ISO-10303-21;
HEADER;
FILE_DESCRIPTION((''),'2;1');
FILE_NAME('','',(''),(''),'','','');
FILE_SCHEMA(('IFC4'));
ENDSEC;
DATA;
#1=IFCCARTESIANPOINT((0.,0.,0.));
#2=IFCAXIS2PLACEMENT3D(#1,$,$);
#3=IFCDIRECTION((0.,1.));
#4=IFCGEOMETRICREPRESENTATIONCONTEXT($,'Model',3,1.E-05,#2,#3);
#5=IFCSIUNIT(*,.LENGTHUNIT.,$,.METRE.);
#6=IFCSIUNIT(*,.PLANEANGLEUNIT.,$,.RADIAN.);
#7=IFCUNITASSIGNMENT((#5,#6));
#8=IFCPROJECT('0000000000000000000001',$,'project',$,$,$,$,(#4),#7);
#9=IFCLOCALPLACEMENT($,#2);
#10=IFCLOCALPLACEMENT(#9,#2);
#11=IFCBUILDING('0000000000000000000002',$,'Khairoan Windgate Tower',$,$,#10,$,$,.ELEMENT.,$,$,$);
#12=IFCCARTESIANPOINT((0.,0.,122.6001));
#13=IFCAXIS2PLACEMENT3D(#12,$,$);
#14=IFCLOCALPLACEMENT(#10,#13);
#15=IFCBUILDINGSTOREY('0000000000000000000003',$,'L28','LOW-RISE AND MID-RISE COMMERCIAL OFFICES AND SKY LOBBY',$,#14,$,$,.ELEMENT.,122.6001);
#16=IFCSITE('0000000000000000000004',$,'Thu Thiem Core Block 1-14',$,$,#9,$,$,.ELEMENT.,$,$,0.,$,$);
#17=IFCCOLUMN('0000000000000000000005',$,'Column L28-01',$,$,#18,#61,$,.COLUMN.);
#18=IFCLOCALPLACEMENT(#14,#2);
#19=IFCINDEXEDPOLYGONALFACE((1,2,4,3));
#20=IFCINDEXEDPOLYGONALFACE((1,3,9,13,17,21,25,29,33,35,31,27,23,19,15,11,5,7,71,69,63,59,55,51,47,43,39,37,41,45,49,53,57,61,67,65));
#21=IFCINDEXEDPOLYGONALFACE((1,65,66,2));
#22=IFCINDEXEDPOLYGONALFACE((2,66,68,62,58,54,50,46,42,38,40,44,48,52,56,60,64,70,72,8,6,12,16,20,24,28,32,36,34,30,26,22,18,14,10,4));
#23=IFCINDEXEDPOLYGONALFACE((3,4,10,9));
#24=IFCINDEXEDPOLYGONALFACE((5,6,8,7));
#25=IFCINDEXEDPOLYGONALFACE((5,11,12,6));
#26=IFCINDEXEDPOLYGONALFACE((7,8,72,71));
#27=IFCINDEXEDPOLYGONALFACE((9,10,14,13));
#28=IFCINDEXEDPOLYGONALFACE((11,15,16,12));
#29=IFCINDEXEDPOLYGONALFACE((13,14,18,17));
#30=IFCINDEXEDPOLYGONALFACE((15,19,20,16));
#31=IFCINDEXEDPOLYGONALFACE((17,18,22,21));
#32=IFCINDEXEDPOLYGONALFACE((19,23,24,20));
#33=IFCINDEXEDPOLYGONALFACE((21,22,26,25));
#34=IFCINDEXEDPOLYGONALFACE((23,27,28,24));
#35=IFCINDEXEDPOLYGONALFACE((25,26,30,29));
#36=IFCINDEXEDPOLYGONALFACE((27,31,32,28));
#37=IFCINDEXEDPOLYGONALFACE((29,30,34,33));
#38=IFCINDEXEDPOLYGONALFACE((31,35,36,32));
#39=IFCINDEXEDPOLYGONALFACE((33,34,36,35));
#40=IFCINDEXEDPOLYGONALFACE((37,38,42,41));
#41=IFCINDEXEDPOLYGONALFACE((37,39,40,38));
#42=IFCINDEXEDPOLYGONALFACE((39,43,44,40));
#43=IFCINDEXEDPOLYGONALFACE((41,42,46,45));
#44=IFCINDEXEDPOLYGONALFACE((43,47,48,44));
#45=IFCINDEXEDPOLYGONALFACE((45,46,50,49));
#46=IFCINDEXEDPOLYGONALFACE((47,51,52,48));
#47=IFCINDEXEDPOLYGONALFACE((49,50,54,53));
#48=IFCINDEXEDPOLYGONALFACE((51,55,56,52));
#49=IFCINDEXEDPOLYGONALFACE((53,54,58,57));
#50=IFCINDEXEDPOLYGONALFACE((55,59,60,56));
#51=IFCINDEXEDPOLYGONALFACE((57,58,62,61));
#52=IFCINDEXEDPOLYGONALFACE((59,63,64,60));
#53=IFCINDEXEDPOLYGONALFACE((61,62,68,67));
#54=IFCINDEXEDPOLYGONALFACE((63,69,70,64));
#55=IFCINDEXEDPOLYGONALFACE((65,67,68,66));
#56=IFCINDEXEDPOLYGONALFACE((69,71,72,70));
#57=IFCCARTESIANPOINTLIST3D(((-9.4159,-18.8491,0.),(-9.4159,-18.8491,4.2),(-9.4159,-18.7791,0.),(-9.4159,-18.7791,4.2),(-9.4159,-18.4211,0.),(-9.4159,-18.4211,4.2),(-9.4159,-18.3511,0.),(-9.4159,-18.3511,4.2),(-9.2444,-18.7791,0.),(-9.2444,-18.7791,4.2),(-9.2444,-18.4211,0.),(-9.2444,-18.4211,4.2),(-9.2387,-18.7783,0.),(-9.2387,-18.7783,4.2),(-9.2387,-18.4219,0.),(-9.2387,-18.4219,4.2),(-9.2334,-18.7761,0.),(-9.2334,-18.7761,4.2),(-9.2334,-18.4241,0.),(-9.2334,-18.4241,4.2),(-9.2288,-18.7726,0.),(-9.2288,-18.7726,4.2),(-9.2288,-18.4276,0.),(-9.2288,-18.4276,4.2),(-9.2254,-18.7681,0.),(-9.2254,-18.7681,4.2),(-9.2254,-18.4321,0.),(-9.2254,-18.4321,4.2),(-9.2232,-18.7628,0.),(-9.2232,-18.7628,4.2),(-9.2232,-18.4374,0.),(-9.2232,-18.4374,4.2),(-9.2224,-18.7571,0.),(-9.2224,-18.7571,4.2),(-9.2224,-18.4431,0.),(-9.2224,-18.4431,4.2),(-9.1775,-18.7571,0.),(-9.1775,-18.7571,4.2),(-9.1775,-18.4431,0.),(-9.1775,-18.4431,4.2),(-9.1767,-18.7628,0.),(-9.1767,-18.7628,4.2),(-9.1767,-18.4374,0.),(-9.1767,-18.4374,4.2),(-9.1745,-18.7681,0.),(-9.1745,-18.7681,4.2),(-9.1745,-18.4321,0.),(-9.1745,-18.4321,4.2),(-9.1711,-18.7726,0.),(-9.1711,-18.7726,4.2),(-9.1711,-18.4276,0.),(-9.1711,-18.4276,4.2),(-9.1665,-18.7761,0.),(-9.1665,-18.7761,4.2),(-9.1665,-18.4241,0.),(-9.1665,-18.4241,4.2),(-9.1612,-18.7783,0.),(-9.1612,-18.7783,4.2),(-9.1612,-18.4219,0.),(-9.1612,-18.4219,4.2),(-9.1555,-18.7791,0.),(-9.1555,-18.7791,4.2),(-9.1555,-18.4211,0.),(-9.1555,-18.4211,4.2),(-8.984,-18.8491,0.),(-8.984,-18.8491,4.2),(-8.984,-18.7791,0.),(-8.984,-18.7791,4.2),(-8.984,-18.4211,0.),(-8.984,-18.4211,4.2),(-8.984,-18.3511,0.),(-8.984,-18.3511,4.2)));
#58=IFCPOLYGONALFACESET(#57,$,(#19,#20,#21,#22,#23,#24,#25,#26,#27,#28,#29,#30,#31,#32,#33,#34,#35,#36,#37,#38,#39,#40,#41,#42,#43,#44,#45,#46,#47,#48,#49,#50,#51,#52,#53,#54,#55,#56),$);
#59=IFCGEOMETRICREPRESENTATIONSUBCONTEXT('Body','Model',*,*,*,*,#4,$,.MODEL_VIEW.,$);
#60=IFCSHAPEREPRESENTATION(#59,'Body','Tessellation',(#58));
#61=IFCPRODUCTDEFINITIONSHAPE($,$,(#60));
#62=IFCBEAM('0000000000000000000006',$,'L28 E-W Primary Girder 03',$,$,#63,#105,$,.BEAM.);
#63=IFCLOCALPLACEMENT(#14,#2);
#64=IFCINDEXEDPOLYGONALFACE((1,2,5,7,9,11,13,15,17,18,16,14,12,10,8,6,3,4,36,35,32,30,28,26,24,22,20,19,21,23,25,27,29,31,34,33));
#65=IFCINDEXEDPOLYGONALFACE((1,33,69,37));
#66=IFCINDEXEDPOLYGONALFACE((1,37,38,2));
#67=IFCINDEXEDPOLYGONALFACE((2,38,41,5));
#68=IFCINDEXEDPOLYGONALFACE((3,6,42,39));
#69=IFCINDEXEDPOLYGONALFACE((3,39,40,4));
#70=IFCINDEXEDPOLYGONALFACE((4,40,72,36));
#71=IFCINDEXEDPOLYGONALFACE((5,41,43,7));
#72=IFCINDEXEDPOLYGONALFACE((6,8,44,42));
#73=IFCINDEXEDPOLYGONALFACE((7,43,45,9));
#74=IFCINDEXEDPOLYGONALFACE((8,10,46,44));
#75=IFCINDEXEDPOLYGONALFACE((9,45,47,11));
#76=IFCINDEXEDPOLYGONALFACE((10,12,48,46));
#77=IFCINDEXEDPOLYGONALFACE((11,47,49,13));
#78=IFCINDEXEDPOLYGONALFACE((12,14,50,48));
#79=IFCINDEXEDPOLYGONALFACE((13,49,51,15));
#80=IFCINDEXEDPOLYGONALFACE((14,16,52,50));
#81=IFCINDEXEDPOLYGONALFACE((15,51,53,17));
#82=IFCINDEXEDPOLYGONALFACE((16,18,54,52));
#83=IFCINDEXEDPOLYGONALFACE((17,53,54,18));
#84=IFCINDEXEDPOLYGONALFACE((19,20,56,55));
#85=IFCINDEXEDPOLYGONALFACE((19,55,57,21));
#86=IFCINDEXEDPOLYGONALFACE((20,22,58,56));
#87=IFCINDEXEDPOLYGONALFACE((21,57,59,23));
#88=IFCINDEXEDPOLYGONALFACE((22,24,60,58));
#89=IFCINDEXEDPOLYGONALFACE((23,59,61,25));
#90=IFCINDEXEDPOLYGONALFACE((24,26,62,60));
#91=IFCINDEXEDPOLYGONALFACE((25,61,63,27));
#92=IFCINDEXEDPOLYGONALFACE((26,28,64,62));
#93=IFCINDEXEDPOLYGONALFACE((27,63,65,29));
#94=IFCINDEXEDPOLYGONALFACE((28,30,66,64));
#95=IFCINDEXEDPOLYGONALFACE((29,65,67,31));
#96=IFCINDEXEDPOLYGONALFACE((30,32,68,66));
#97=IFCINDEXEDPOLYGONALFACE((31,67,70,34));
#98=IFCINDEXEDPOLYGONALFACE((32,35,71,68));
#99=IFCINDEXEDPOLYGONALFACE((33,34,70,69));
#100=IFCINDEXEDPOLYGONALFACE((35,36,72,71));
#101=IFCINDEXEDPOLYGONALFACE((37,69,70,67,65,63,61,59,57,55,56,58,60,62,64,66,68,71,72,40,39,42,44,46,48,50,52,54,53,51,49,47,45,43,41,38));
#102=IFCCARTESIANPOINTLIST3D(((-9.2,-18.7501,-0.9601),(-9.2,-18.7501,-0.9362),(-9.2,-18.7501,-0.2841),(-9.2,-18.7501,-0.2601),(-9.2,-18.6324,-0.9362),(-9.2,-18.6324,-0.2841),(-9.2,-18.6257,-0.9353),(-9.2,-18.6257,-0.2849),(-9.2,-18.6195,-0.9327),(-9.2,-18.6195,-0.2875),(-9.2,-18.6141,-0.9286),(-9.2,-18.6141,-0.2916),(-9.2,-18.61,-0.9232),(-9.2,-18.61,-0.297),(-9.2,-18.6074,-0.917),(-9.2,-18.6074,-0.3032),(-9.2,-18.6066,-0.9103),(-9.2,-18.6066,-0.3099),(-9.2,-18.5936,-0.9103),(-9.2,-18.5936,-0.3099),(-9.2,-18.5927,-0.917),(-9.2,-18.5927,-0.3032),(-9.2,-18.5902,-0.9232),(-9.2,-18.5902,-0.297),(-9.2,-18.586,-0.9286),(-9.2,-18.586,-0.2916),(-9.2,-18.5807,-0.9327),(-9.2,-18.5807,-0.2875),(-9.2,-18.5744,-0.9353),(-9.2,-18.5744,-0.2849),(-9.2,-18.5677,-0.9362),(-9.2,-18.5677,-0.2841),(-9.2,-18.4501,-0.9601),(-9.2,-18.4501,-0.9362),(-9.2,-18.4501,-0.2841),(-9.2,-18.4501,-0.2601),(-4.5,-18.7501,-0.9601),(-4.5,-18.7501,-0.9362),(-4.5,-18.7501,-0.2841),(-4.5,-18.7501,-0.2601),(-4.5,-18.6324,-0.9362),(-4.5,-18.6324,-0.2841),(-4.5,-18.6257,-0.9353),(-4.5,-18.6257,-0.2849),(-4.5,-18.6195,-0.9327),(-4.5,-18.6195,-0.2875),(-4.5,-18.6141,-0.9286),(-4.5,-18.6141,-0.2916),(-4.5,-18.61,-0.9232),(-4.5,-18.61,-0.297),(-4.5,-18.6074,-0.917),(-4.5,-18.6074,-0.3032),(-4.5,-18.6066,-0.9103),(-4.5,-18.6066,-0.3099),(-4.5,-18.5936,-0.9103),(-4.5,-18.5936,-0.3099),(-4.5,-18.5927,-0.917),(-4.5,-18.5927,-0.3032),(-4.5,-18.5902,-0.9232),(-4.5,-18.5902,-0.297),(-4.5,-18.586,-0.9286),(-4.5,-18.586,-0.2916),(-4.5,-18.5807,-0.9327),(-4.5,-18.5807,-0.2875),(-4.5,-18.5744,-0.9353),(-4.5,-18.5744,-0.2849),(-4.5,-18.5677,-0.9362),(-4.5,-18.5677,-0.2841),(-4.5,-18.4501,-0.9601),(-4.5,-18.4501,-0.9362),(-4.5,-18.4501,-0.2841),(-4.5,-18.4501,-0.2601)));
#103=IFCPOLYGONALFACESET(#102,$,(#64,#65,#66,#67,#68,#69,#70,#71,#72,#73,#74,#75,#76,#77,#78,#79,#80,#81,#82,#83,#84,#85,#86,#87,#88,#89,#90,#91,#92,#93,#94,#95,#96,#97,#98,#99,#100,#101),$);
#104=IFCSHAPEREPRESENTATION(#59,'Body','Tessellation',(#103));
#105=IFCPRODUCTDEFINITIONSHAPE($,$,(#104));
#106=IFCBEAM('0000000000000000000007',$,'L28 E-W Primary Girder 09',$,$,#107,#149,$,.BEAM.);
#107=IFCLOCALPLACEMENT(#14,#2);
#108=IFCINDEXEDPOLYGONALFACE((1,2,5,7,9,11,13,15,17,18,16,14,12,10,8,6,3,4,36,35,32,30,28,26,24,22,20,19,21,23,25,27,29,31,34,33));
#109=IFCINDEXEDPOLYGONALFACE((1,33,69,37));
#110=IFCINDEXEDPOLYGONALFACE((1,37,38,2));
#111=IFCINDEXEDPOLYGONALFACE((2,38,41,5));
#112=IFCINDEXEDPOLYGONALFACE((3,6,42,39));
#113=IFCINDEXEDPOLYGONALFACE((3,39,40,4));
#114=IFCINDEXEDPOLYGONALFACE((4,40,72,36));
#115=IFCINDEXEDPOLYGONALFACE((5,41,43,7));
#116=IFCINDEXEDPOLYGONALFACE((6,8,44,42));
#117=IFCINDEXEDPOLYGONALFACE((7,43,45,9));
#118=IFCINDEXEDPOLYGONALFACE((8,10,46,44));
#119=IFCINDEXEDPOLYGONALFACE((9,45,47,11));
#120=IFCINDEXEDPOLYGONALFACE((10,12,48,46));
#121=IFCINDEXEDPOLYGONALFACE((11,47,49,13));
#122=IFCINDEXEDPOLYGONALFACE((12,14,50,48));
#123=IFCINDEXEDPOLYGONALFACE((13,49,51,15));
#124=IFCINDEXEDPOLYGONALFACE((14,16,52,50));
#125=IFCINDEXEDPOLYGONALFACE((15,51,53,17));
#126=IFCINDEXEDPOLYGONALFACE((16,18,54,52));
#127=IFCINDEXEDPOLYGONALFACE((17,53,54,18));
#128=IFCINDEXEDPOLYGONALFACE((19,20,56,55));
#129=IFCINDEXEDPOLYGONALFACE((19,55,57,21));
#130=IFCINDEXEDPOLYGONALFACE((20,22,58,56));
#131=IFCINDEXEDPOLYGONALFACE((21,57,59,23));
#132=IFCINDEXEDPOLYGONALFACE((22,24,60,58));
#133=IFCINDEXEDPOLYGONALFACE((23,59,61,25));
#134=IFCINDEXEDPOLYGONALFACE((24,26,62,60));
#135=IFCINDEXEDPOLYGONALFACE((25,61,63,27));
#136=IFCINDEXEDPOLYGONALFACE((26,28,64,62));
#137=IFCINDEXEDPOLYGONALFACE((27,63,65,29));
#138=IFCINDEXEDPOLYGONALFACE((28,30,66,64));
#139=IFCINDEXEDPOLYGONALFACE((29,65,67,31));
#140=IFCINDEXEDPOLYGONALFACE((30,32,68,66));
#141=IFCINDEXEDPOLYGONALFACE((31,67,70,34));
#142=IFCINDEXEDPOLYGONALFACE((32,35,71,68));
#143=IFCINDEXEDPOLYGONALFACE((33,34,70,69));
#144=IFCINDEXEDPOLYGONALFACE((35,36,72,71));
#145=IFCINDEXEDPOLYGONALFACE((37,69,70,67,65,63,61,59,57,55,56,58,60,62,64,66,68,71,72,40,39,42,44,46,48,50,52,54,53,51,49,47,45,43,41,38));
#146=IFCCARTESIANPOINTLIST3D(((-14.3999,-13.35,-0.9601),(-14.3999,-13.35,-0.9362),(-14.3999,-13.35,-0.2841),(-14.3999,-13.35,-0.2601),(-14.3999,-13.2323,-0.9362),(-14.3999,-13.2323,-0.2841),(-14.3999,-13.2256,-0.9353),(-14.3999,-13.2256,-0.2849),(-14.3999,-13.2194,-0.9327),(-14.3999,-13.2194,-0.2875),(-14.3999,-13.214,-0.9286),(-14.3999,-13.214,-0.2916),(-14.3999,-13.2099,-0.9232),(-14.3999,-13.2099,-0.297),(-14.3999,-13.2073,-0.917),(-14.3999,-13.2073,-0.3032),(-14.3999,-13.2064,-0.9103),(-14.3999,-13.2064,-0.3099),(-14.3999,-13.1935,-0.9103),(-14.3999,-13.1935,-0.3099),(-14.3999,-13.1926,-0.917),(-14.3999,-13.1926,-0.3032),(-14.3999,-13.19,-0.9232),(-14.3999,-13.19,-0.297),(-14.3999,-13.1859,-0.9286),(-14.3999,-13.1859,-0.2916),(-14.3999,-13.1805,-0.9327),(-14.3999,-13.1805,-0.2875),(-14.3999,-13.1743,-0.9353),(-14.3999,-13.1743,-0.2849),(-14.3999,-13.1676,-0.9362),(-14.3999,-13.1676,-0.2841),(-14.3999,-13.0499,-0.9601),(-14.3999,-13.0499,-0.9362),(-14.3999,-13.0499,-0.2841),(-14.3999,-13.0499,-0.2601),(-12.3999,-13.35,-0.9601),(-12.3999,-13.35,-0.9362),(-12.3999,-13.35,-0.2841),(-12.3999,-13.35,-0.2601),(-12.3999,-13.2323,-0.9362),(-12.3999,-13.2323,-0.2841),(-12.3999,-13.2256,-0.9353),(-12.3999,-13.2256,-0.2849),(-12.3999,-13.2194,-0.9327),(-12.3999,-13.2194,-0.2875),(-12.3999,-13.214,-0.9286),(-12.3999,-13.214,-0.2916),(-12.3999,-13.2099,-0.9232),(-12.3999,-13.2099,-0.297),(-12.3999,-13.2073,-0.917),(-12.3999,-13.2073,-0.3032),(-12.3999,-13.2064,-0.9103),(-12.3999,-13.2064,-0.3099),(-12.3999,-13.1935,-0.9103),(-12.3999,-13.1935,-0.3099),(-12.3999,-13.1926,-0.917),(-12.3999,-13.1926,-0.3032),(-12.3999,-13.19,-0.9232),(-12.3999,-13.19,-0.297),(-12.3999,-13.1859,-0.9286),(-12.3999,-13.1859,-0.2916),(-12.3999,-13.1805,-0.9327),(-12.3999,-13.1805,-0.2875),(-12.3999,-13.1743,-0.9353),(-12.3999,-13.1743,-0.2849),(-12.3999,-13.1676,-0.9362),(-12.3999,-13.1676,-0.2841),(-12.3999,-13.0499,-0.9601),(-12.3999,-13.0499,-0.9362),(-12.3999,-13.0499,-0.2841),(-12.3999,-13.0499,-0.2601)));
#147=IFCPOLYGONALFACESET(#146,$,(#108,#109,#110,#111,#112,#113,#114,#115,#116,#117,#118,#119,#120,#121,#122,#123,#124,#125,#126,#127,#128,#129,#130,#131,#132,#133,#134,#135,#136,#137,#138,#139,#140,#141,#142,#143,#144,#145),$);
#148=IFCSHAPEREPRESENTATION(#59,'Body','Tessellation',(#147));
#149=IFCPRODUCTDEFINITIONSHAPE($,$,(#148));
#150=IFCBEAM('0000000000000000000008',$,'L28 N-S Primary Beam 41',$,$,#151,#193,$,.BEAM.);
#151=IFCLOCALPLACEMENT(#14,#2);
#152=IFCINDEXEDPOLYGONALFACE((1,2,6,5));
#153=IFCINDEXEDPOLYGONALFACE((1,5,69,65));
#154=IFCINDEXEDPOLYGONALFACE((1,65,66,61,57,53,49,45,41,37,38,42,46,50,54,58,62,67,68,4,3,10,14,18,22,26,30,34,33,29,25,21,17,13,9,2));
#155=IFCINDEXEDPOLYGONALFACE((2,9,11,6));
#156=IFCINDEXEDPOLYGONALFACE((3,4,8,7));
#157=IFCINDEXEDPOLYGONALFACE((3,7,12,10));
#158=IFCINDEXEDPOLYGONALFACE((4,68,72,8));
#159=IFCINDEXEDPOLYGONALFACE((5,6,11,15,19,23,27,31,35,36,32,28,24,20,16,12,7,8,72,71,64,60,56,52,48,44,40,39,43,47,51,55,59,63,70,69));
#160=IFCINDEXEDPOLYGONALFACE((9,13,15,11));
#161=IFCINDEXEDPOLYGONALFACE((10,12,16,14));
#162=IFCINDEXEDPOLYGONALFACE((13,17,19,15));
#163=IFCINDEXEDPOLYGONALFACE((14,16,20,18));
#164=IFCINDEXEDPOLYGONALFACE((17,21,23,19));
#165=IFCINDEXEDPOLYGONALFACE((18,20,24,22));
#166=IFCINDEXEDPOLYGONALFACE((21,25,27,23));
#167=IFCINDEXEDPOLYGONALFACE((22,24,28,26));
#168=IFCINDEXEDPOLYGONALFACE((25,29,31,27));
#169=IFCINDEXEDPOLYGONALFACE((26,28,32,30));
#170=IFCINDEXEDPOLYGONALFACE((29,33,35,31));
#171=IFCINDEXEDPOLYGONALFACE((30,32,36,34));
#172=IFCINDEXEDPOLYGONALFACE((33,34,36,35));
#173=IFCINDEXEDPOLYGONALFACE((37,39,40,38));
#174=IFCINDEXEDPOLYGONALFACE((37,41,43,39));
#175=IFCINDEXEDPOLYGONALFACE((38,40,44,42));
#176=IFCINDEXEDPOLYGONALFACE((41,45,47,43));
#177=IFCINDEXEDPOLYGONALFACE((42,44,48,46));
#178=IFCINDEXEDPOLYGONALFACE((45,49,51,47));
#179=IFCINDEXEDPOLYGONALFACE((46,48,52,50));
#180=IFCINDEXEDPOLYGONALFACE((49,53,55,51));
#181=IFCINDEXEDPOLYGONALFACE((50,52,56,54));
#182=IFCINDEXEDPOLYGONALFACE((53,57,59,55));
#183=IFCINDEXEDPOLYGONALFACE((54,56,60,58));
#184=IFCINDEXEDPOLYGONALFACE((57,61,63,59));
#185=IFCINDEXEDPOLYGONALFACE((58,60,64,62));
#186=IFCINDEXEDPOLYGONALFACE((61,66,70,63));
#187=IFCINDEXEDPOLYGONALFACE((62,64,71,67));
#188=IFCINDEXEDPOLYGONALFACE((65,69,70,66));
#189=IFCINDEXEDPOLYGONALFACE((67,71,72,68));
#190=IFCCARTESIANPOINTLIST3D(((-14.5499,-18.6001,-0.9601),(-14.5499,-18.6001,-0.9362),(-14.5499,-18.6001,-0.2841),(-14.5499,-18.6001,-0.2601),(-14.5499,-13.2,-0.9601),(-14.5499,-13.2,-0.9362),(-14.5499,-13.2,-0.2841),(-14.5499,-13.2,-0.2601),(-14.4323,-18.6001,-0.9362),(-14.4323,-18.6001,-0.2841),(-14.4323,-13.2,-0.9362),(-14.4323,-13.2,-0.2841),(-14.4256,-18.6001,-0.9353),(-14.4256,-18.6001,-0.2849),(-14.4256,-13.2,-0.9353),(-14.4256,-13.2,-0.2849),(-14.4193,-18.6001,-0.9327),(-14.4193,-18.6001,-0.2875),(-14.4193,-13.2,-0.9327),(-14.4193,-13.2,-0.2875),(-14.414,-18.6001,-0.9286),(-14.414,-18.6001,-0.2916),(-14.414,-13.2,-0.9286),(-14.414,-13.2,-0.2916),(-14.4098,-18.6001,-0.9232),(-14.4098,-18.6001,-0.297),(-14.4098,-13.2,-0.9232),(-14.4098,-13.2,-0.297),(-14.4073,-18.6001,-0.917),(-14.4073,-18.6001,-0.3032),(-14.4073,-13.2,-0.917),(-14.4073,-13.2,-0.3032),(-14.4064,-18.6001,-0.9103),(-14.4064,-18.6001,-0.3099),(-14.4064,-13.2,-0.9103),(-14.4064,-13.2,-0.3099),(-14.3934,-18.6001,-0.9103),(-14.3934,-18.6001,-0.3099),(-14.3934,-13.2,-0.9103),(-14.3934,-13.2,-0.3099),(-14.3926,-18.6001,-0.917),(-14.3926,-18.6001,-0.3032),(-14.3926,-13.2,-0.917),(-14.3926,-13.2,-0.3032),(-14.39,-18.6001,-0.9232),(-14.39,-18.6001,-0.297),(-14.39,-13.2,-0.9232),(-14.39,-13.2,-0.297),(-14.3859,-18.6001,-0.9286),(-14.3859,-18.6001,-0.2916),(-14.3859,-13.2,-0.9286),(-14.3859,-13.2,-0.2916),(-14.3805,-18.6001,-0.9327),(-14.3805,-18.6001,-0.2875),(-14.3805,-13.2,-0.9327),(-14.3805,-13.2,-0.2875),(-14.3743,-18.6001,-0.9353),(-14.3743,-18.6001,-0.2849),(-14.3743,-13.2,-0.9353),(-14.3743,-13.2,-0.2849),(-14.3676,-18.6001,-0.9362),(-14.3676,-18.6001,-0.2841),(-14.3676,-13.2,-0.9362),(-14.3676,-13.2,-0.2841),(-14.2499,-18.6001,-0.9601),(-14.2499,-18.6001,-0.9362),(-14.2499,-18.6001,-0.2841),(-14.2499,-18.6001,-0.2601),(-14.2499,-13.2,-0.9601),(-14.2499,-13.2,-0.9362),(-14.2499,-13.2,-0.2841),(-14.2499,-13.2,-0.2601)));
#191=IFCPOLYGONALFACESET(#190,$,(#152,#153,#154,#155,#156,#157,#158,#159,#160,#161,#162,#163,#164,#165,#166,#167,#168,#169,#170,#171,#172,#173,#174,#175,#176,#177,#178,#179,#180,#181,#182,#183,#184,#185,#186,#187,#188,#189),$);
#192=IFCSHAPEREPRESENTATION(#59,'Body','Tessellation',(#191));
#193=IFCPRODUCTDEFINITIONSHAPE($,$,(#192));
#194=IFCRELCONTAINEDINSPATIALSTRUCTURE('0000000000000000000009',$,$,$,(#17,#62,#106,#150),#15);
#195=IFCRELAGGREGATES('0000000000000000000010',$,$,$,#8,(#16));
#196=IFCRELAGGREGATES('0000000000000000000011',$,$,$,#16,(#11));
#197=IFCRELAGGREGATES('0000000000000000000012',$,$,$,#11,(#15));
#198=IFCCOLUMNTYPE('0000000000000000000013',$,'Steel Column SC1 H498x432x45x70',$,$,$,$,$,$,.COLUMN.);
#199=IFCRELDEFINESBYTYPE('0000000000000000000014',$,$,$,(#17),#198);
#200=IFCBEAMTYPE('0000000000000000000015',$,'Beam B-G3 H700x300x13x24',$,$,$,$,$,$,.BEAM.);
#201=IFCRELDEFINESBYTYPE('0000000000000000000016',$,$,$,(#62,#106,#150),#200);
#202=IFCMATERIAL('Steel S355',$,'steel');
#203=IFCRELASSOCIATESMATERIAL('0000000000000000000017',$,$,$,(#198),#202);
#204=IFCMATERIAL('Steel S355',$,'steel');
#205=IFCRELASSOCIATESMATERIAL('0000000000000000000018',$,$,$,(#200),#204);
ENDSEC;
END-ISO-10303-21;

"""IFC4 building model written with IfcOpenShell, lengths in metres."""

from ifc_helpers import new_model, si_unit, direction, frame, origin, origin_2d, place, context, subcontext, project, spatial, i_section, extrude, material, material_profile, profile_set, type_object, element, save


model = new_model("IFC4")

# Units and contexts
model_context = context("Model", 3, precision=1e-05, world=origin(), true_north=direction((0.0, 1.0)))
body_context = subcontext(model_context, "Body", "Model", "MODEL_VIEW")
ifc_project = project(units=[si_unit("LENGTHUNIT", "METRE"), si_unit("PLANEANGLEUNIT", "RADIAN")], contexts=[model_context])

# Site, building, storey
site_placement = place(None, origin())
site = spatial("IfcSite", under=ifc_project, at=site_placement, Name="Thu Thiem Core Block 1-14", CompositionType="ELEMENT", RefElevation=0.0)
building_placement = place(site_placement, origin())
building = spatial("IfcBuilding", under=site, at=building_placement, Name="Khairoan Windgate Tower", CompositionType="ELEMENT")
storey_placement = place(building_placement, frame((0.0, 0.0, 122.6001)))
storey = spatial("IfcBuildingStorey", under=building, at=storey_placement, Name="L28", Description="LOW-RISE AND MID-RISE COMMERCIAL OFFICES AND SKY LOBBY", CompositionType="ELEMENT", Elevation=122.6001)

# Column
ifc_material_1 = material(Name="Steel S355", Category="steel")
ifc_material_profile_1 = material_profile(ifc_material_1, i_section(OverallWidth=0.4319, OverallDepth=0.498, WebThickness=0.0449, FlangeThickness=0.0701, FilletRadius=0.022, at=origin_2d()))
ifc_profile_set_1 = profile_set([ifc_material_profile_1], Name="Steel S355")
column_type = type_object("IfcColumnType", Name="Steel Column SC1 H498x432x45x70", PredefinedType="COLUMN", material=ifc_profile_set_1)
column_placement = place(storey_placement, frame((-9.2, -18.6001, 0.0), z_axis=(0.0, 0.0, 1.0), x_axis=(1.0, 0.0, 0.0)))
element("IfcColumn", 1, at=column_placement, inside=storey, type_object=column_type, Name="Column L28-01", PredefinedType="COLUMN", context=body_context, shape_type="SweptSolid", body=[
    extrude(i_section(OverallWidth=0.4319, OverallDepth=0.498, WebThickness=0.0449, FlangeThickness=0.0701, FilletRadius=0.022, at=origin_2d()), origin(), (0.0, 0.0, 1.0), 4.2),
])

# Beams
ifc_material_2 = material(Name="Steel S355", Category="steel")
ifc_material_profile_2 = material_profile(ifc_material_2, i_section(OverallWidth=0.3, OverallDepth=0.7, WebThickness=0.0129, FlangeThickness=0.0239, FilletRadius=0.0259, at=origin_2d()))
ifc_profile_set_2 = profile_set([ifc_material_profile_2], Name="Steel S355")
beam_type = type_object("IfcBeamType", Name="Beam B-G3 H700x300x13x24", PredefinedType="BEAM", material=ifc_profile_set_2)
beam_1_placement = place(storey_placement, frame((-9.2, -18.6001, -0.6101), z_axis=(1.0, 0.0, 0.0), x_axis=(0.0, 1.0, 0.0)))
element("IfcBeam", 2, at=beam_1_placement, inside=storey, type_object=beam_type, Name="L28 E-W Primary Girder 03", PredefinedType="BEAM", context=body_context, shape_type="SweptSolid", body=[
    extrude(i_section(OverallWidth=0.3, OverallDepth=0.7, WebThickness=0.0129, FlangeThickness=0.0239, FilletRadius=0.0259, at=origin_2d()), origin(), (0.0, 0.0, 1.0), 4.7),
])
beam_2_placement = place(storey_placement, frame((-14.3999, -13.2, -0.6101), z_axis=(1.0, 0.0, 0.0), x_axis=(0.0, 1.0, 0.0)))
element("IfcBeam", 3, at=beam_2_placement, inside=storey, type_object=beam_type, Name="L28 E-W Primary Girder 09", PredefinedType="BEAM", context=body_context, shape_type="SweptSolid", body=[
    extrude(i_section(OverallWidth=0.3, OverallDepth=0.7, WebThickness=0.0129, FlangeThickness=0.0239, FilletRadius=0.0259, at=origin_2d()), origin(), (0.0, 0.0, 1.0), 2.0),
])
beam_3_placement = place(storey_placement, frame((-14.3999, -18.6001, -0.6101), z_axis=(0.0, 1.0, 0.0), x_axis=(-1.0, 0.0, 0.0)))
element("IfcBeam", 4, at=beam_3_placement, inside=storey, type_object=beam_type, Name="L28 N-S Primary Beam 41", PredefinedType="BEAM", context=body_context, shape_type="SweptSolid", body=[
    extrude(i_section(OverallWidth=0.3, OverallDepth=0.7, WebThickness=0.0129, FlangeThickness=0.0239, FilletRadius=0.0259, at=origin_2d()), origin(), (0.0, 0.0, 1.0), 5.4001),
])

save(model, "model.ifc")
